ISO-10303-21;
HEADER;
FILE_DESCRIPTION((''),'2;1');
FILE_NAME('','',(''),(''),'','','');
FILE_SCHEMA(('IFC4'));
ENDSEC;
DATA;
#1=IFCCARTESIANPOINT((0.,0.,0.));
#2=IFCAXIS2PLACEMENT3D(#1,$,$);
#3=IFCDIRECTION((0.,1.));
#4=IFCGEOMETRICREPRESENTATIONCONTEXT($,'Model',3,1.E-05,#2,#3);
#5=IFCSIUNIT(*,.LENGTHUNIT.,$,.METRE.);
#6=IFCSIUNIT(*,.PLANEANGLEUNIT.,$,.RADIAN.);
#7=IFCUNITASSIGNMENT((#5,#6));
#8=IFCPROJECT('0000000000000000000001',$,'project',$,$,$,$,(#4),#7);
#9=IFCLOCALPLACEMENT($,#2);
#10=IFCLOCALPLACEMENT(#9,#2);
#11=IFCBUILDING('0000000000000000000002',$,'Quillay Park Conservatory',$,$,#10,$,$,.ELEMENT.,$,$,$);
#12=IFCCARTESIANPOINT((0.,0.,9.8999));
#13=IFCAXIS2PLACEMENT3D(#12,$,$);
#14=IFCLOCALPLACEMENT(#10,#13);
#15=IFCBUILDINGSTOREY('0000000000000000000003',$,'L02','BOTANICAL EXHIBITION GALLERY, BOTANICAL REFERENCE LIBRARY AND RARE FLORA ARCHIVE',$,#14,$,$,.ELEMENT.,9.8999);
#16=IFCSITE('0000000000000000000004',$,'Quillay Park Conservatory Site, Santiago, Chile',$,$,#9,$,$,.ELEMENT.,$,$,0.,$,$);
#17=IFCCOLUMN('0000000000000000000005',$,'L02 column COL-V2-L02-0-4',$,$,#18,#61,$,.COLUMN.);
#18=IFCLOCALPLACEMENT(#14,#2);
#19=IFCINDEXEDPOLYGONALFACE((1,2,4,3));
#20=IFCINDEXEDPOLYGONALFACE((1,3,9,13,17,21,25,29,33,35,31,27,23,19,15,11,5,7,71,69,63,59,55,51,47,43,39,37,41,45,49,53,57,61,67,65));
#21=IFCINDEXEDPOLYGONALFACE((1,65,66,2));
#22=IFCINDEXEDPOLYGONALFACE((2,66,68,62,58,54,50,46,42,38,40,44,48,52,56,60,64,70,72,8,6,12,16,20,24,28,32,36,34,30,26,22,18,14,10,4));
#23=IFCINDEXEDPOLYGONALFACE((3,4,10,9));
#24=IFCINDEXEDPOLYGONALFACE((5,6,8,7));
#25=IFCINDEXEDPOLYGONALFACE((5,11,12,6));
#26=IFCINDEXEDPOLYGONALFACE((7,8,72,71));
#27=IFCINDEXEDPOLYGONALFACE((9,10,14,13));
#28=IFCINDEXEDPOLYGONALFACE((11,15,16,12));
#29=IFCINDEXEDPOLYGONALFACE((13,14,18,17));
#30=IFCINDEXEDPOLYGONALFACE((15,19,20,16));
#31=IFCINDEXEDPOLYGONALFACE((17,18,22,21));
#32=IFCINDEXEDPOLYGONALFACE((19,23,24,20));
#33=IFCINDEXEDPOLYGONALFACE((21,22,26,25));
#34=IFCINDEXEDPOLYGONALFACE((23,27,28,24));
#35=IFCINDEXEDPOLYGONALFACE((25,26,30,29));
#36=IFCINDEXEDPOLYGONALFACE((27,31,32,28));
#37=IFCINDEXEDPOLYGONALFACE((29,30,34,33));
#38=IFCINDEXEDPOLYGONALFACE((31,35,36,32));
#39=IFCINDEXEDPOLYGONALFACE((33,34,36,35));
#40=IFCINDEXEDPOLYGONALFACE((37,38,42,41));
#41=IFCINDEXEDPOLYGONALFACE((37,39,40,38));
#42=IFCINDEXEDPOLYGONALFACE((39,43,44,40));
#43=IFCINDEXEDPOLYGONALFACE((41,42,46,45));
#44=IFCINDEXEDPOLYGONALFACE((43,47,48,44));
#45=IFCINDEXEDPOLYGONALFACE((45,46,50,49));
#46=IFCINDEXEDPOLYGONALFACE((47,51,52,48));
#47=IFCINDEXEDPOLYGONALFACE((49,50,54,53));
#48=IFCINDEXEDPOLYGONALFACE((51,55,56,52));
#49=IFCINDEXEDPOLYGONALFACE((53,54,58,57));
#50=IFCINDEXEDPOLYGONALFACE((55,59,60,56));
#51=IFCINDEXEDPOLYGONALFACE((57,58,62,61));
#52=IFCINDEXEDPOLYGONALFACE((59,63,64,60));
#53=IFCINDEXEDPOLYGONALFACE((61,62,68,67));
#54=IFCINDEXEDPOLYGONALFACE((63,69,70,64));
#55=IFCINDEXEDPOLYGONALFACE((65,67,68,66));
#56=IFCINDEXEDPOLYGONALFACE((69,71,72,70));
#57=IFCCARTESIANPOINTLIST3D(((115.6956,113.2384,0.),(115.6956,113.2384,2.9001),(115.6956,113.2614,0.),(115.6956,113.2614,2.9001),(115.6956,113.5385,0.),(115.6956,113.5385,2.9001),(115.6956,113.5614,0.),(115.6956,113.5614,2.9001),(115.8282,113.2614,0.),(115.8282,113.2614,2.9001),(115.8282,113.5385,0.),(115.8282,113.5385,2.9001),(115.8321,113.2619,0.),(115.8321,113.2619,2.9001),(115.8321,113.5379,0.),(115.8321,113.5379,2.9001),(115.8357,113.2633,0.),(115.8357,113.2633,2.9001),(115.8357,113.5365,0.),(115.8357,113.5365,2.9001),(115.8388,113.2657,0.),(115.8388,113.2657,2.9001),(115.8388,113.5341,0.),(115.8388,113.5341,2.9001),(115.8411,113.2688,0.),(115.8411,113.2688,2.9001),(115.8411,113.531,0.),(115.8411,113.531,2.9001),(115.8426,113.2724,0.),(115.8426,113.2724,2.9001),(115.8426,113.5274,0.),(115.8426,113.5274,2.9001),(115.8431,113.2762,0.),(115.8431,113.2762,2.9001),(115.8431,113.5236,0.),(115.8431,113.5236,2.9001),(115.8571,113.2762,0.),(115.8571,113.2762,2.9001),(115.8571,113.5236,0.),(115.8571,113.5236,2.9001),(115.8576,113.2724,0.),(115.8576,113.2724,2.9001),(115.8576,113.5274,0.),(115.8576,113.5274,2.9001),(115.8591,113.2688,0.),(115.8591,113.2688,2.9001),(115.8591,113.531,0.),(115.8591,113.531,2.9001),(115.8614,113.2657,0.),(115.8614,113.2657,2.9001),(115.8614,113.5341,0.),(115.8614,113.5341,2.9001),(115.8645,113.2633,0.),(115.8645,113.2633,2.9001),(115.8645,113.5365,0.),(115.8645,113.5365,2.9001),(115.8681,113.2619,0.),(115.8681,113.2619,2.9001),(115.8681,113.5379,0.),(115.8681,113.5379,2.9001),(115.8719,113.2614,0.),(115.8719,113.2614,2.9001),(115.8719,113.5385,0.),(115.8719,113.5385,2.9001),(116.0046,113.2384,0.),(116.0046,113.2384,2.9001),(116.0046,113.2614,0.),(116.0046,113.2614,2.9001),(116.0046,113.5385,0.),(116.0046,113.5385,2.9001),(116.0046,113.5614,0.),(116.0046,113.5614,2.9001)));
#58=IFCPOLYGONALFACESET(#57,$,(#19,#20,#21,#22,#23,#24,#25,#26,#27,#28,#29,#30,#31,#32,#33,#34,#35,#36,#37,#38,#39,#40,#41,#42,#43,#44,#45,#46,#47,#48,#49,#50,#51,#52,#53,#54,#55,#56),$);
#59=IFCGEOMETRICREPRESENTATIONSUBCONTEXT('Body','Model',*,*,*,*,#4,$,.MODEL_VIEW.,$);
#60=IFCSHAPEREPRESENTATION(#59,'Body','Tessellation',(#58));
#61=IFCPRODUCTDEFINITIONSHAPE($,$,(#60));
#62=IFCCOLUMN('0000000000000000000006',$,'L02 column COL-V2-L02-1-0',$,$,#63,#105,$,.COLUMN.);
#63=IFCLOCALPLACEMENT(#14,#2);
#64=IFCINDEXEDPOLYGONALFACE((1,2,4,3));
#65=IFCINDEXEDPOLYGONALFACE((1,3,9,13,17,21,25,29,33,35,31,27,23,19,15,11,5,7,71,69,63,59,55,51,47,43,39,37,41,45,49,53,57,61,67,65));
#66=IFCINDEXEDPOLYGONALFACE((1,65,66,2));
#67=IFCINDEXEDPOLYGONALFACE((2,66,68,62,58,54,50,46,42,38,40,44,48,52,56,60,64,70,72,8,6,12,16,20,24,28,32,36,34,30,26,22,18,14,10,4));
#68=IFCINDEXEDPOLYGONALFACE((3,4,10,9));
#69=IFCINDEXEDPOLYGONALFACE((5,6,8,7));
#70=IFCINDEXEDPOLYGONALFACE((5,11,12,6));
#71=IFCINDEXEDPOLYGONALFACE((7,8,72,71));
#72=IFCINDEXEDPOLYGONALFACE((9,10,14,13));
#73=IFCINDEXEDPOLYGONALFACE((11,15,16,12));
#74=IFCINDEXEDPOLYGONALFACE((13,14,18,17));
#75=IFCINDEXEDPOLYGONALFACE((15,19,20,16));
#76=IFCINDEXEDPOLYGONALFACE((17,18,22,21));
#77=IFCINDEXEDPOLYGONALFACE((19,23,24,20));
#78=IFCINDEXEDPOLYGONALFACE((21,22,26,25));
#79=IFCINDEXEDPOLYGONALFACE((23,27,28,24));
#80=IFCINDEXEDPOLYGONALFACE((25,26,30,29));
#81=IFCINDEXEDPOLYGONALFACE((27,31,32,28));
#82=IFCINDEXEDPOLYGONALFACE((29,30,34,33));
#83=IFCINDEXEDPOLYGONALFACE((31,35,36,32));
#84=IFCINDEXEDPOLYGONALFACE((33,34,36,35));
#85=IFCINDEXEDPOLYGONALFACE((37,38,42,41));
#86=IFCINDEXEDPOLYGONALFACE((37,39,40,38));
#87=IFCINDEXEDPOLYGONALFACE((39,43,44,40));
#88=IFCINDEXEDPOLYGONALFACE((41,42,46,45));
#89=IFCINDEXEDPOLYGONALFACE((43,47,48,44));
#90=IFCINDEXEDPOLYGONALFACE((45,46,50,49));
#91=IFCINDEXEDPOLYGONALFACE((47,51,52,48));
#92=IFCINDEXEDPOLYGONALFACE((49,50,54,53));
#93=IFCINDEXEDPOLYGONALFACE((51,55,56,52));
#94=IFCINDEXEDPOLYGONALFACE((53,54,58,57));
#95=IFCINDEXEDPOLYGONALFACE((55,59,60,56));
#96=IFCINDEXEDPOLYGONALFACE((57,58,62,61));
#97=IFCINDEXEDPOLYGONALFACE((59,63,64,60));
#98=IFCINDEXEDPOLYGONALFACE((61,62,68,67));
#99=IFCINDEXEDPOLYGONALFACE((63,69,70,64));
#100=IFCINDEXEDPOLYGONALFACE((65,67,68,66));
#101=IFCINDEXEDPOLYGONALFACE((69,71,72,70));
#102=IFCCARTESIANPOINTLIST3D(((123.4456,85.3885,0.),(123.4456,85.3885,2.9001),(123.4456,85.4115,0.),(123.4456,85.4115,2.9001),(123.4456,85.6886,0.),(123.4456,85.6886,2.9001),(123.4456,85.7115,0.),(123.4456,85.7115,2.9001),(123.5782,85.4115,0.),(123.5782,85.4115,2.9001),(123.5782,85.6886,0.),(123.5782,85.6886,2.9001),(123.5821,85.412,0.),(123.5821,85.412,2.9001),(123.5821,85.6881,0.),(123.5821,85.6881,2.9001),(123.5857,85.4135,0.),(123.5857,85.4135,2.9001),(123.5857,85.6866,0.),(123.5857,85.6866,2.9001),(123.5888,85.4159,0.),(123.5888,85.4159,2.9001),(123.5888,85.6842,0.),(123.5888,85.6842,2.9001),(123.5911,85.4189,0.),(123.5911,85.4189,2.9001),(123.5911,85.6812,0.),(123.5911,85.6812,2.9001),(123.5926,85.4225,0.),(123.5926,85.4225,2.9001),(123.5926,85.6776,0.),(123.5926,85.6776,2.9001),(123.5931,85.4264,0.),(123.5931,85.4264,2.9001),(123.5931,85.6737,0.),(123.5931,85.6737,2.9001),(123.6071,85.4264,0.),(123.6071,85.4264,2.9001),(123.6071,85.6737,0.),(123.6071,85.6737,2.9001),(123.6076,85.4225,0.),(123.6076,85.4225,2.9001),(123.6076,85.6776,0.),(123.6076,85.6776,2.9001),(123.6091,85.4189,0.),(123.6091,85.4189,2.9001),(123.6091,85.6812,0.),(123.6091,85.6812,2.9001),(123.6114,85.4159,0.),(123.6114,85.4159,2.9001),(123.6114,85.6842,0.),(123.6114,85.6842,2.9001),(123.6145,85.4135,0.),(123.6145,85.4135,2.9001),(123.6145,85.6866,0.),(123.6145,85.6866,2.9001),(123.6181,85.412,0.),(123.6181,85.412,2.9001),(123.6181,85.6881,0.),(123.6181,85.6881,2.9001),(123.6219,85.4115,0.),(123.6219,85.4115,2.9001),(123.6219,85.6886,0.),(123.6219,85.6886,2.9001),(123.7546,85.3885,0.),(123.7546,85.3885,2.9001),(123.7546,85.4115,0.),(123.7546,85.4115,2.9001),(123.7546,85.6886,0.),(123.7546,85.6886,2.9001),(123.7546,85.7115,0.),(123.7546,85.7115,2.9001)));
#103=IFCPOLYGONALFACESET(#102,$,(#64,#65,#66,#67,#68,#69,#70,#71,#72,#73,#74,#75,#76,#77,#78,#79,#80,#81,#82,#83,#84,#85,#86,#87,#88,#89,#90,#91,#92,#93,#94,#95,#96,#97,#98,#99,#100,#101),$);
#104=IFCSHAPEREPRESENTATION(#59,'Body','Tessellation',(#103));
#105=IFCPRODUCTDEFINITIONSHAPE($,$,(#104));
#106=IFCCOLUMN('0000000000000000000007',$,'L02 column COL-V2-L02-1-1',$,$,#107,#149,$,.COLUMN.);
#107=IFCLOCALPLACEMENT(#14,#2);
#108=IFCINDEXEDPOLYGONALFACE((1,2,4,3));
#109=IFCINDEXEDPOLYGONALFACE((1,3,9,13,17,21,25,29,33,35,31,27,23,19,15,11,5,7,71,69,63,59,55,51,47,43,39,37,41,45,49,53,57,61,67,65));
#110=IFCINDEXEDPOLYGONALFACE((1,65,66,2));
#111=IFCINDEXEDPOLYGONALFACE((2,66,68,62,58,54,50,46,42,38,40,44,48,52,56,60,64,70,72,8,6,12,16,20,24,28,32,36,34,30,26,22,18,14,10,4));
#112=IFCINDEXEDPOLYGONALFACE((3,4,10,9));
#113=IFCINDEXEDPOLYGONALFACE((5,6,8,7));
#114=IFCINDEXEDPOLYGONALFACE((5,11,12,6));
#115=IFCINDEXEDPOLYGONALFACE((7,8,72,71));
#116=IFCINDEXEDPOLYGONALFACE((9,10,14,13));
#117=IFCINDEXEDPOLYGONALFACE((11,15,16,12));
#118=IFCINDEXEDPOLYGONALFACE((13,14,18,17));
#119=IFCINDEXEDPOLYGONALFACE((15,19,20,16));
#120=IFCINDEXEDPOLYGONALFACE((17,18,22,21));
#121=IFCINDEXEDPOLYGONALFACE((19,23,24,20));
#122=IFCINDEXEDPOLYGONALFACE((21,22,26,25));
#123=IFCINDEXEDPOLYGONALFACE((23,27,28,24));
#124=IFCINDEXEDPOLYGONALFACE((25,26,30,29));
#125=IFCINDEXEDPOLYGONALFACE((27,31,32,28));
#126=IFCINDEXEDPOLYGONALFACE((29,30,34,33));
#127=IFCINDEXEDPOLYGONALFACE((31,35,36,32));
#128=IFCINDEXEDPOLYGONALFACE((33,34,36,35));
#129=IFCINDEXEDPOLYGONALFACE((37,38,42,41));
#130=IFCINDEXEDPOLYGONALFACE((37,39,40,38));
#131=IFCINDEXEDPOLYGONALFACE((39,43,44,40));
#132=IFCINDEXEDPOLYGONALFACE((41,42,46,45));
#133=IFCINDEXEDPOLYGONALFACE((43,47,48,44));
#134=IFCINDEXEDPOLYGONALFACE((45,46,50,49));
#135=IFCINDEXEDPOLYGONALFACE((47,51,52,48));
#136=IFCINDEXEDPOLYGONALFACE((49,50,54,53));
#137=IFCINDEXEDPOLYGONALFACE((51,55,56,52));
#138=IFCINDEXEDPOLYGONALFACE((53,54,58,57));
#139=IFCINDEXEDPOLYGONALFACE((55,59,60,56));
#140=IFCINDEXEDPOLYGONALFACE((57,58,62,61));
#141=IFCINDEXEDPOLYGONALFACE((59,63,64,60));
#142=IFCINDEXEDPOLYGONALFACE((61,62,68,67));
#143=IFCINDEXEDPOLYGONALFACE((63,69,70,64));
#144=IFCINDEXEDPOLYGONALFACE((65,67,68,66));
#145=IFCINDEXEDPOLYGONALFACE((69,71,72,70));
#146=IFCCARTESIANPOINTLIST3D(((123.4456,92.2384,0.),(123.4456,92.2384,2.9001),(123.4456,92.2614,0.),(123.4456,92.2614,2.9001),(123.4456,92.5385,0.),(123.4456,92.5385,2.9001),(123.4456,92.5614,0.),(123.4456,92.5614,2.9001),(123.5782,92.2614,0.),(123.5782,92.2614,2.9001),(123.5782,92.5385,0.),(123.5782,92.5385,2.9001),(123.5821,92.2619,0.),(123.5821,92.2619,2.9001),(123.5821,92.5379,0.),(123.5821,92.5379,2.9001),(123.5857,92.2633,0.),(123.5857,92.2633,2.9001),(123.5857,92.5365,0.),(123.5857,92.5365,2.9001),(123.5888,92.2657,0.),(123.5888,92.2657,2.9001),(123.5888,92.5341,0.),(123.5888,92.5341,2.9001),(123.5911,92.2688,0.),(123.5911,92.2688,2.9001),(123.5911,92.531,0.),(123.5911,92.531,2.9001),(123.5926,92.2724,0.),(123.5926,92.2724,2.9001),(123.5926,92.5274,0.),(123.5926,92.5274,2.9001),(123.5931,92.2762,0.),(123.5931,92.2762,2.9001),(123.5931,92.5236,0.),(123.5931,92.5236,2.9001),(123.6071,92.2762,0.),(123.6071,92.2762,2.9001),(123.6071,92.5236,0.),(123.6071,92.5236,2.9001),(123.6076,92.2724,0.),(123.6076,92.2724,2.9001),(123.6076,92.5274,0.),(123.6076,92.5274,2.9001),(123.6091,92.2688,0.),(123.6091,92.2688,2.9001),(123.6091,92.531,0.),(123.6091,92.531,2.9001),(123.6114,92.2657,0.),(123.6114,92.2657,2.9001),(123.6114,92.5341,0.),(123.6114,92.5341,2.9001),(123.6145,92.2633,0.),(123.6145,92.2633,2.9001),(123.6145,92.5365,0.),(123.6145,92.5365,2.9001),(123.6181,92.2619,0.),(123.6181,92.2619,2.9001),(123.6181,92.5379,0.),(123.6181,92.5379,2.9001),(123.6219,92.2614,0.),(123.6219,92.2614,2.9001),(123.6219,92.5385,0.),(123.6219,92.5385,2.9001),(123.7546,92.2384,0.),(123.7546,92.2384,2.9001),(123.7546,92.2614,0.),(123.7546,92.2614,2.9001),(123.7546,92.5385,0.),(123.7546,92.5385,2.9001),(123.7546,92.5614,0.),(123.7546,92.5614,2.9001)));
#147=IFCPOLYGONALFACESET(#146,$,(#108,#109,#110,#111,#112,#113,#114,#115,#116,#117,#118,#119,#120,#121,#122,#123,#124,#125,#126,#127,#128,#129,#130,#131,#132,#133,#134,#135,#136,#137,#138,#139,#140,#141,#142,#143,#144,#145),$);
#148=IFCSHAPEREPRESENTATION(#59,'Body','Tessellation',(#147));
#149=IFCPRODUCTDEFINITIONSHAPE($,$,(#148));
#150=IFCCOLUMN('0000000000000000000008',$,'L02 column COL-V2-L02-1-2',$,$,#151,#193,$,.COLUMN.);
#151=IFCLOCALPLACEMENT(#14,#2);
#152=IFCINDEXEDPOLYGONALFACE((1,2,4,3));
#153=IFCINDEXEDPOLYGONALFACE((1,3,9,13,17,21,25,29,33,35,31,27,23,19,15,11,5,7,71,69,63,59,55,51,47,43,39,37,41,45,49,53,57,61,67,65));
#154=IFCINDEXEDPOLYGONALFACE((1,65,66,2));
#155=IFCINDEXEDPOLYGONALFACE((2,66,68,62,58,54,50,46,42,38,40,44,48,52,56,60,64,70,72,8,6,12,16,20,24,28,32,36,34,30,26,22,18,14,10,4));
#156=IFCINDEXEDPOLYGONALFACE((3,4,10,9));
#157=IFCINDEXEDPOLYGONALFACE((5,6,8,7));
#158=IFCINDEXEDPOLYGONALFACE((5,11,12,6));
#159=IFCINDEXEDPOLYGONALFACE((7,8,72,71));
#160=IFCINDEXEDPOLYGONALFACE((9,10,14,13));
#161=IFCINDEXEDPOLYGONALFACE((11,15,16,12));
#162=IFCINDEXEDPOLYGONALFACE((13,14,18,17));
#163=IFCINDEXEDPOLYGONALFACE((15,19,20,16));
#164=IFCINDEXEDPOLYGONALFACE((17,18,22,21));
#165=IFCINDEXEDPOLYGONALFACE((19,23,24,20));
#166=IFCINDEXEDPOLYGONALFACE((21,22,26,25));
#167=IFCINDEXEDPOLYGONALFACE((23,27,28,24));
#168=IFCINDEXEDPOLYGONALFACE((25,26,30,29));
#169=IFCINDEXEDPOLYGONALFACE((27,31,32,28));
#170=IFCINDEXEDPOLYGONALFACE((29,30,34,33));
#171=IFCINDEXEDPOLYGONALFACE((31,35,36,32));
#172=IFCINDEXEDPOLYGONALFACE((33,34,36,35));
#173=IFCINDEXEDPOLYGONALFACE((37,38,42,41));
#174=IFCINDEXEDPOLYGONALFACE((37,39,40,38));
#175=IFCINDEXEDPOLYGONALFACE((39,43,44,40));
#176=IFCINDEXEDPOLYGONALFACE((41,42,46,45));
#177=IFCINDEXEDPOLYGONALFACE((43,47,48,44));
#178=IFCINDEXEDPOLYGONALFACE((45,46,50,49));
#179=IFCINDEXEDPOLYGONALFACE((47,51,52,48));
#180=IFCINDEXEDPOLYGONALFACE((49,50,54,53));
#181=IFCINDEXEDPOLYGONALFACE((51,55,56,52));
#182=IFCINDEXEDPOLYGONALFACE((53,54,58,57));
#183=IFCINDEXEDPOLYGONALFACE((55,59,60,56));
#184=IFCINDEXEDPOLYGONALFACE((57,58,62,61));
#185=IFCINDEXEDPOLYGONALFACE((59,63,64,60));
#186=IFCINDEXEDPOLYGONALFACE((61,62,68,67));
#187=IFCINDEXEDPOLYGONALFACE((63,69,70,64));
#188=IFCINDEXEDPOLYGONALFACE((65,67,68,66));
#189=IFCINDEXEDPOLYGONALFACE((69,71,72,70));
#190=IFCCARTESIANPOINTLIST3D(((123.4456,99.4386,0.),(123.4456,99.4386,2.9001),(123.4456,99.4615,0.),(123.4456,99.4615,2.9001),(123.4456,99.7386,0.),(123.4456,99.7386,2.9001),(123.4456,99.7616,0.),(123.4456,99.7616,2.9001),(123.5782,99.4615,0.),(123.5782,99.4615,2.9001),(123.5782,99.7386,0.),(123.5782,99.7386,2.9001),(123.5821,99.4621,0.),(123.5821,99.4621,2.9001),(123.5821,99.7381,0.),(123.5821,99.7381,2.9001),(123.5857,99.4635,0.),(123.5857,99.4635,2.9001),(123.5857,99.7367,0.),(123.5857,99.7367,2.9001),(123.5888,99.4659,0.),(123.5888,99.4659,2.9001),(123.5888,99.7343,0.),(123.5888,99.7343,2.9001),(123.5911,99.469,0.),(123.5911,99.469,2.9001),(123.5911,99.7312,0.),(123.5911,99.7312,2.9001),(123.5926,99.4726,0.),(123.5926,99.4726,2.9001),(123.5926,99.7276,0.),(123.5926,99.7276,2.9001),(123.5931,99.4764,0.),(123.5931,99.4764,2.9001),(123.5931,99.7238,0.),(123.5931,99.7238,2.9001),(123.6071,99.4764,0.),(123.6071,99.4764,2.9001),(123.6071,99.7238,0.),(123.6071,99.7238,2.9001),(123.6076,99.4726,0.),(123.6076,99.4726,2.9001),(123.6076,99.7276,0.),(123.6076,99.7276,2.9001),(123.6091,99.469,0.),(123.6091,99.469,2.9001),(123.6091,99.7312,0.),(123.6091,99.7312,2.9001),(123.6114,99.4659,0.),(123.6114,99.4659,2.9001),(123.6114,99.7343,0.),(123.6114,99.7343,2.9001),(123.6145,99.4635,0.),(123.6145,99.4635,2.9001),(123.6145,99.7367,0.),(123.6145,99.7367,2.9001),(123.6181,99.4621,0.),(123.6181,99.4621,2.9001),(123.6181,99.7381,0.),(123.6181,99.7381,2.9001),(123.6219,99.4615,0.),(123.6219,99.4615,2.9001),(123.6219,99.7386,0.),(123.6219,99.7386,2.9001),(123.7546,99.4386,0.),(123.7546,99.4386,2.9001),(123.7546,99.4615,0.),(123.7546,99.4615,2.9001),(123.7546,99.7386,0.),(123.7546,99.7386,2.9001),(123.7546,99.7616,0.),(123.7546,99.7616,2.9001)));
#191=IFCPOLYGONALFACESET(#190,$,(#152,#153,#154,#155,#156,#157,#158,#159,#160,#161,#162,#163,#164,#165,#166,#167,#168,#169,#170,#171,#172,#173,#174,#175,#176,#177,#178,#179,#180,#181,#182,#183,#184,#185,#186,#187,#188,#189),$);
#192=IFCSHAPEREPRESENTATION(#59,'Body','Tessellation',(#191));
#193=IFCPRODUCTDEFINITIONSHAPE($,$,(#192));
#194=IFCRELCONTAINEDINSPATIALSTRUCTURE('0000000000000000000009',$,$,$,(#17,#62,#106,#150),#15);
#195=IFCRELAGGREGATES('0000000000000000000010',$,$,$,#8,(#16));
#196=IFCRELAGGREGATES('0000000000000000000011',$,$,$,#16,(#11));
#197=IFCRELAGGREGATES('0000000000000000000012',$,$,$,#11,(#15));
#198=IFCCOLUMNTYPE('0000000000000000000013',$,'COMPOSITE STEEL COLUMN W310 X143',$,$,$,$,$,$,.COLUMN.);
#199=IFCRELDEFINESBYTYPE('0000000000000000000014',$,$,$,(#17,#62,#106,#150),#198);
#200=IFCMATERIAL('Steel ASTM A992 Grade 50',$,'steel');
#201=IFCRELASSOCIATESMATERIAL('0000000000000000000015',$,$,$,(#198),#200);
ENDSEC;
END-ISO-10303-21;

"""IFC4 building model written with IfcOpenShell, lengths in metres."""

from ifc_helpers import new_model, si_unit, direction, frame, origin, origin_2d, place, context, subcontext, project, spatial, i_section, extrude, material, material_profile, profile_set, type_object, element, save


model = new_model("IFC4")

# Units and contexts
model_context = context("Model", 3, precision=1e-05, world=origin(), true_north=direction((0.0, 1.0)))
body_context = subcontext(model_context, "Body", "Model", "MODEL_VIEW")
ifc_project = project(units=[si_unit("LENGTHUNIT", "METRE"), si_unit("PLANEANGLEUNIT", "RADIAN")], contexts=[model_context])

# Site, building, storey
site_placement = place(None, origin())
site = spatial("IfcSite", under=ifc_project, at=site_placement, Name="Quillay Park Conservatory Site, Santiago, Chile", CompositionType="ELEMENT", RefElevation=0.0)
building_placement = place(site_placement, origin())
building = spatial("IfcBuilding", under=site, at=building_placement, Name="Quillay Park Conservatory", CompositionType="ELEMENT")
storey_placement = place(building_placement, frame((0.0, 0.0, 9.8999)))
storey = spatial("IfcBuildingStorey", under=building, at=storey_placement, Name="L02", Description="BOTANICAL EXHIBITION GALLERY, BOTANICAL REFERENCE LIBRARY AND RARE FLORA ARCHIVE", CompositionType="ELEMENT", Elevation=9.8999)

# Columns
ifc_material_1 = material(Name="Steel ASTM A992 Grade 50", Category="steel")
ifc_material_profile_1 = material_profile(ifc_material_1, i_section(OverallWidth=0.3091, OverallDepth=0.323, WebThickness=0.0139, FlangeThickness=0.0229, FilletRadius=0.0149, at=origin_2d()), Name="W310x143")
ifc_profile_set_1 = profile_set([ifc_material_profile_1], Name="Steel ASTM A992 Grade 50")
column_type = type_object("IfcColumnType", Name="COMPOSITE STEEL COLUMN W310 X143", PredefinedType="COLUMN", material=ifc_profile_set_1)
for number, where, z_axis, x_axis, name in (
    (1, (115.8501, 113.3999, 0.0), (0.0, 0.0, 1.0), (1.0, 0.0, 0.0), "L02 column COL-V2-L02-0-4"),
    (2, (123.6001, 85.55, 0.0), (0.0, 0.0, 1.0), (1.0, 0.0, 0.0), "L02 column COL-V2-L02-1-0"),
    (3, (123.6001, 92.3999, 0.0), (0.0, 0.0, 1.0), (1.0, 0.0, 0.0), "L02 column COL-V2-L02-1-1"),
    (4, (123.6001, 99.6001, 0.0), (0.0, 0.0, 1.0), (1.0, 0.0, 0.0), "L02 column COL-V2-L02-1-2"),
):
    element("IfcColumn", number, at=place(storey_placement, frame(where, z_axis=z_axis, x_axis=x_axis)), inside=storey, type_object=column_type, Name=name, PredefinedType="COLUMN", context=body_context, shape_type="SweptSolid", body=[
        extrude(i_section(OverallWidth=0.3091, OverallDepth=0.323, WebThickness=0.0139, FlangeThickness=0.0229, FilletRadius=0.0149, at=origin_2d()), origin(), (0.0, 0.0, 1.0), 2.9001),
    ])

save(model, "model.ifc")
